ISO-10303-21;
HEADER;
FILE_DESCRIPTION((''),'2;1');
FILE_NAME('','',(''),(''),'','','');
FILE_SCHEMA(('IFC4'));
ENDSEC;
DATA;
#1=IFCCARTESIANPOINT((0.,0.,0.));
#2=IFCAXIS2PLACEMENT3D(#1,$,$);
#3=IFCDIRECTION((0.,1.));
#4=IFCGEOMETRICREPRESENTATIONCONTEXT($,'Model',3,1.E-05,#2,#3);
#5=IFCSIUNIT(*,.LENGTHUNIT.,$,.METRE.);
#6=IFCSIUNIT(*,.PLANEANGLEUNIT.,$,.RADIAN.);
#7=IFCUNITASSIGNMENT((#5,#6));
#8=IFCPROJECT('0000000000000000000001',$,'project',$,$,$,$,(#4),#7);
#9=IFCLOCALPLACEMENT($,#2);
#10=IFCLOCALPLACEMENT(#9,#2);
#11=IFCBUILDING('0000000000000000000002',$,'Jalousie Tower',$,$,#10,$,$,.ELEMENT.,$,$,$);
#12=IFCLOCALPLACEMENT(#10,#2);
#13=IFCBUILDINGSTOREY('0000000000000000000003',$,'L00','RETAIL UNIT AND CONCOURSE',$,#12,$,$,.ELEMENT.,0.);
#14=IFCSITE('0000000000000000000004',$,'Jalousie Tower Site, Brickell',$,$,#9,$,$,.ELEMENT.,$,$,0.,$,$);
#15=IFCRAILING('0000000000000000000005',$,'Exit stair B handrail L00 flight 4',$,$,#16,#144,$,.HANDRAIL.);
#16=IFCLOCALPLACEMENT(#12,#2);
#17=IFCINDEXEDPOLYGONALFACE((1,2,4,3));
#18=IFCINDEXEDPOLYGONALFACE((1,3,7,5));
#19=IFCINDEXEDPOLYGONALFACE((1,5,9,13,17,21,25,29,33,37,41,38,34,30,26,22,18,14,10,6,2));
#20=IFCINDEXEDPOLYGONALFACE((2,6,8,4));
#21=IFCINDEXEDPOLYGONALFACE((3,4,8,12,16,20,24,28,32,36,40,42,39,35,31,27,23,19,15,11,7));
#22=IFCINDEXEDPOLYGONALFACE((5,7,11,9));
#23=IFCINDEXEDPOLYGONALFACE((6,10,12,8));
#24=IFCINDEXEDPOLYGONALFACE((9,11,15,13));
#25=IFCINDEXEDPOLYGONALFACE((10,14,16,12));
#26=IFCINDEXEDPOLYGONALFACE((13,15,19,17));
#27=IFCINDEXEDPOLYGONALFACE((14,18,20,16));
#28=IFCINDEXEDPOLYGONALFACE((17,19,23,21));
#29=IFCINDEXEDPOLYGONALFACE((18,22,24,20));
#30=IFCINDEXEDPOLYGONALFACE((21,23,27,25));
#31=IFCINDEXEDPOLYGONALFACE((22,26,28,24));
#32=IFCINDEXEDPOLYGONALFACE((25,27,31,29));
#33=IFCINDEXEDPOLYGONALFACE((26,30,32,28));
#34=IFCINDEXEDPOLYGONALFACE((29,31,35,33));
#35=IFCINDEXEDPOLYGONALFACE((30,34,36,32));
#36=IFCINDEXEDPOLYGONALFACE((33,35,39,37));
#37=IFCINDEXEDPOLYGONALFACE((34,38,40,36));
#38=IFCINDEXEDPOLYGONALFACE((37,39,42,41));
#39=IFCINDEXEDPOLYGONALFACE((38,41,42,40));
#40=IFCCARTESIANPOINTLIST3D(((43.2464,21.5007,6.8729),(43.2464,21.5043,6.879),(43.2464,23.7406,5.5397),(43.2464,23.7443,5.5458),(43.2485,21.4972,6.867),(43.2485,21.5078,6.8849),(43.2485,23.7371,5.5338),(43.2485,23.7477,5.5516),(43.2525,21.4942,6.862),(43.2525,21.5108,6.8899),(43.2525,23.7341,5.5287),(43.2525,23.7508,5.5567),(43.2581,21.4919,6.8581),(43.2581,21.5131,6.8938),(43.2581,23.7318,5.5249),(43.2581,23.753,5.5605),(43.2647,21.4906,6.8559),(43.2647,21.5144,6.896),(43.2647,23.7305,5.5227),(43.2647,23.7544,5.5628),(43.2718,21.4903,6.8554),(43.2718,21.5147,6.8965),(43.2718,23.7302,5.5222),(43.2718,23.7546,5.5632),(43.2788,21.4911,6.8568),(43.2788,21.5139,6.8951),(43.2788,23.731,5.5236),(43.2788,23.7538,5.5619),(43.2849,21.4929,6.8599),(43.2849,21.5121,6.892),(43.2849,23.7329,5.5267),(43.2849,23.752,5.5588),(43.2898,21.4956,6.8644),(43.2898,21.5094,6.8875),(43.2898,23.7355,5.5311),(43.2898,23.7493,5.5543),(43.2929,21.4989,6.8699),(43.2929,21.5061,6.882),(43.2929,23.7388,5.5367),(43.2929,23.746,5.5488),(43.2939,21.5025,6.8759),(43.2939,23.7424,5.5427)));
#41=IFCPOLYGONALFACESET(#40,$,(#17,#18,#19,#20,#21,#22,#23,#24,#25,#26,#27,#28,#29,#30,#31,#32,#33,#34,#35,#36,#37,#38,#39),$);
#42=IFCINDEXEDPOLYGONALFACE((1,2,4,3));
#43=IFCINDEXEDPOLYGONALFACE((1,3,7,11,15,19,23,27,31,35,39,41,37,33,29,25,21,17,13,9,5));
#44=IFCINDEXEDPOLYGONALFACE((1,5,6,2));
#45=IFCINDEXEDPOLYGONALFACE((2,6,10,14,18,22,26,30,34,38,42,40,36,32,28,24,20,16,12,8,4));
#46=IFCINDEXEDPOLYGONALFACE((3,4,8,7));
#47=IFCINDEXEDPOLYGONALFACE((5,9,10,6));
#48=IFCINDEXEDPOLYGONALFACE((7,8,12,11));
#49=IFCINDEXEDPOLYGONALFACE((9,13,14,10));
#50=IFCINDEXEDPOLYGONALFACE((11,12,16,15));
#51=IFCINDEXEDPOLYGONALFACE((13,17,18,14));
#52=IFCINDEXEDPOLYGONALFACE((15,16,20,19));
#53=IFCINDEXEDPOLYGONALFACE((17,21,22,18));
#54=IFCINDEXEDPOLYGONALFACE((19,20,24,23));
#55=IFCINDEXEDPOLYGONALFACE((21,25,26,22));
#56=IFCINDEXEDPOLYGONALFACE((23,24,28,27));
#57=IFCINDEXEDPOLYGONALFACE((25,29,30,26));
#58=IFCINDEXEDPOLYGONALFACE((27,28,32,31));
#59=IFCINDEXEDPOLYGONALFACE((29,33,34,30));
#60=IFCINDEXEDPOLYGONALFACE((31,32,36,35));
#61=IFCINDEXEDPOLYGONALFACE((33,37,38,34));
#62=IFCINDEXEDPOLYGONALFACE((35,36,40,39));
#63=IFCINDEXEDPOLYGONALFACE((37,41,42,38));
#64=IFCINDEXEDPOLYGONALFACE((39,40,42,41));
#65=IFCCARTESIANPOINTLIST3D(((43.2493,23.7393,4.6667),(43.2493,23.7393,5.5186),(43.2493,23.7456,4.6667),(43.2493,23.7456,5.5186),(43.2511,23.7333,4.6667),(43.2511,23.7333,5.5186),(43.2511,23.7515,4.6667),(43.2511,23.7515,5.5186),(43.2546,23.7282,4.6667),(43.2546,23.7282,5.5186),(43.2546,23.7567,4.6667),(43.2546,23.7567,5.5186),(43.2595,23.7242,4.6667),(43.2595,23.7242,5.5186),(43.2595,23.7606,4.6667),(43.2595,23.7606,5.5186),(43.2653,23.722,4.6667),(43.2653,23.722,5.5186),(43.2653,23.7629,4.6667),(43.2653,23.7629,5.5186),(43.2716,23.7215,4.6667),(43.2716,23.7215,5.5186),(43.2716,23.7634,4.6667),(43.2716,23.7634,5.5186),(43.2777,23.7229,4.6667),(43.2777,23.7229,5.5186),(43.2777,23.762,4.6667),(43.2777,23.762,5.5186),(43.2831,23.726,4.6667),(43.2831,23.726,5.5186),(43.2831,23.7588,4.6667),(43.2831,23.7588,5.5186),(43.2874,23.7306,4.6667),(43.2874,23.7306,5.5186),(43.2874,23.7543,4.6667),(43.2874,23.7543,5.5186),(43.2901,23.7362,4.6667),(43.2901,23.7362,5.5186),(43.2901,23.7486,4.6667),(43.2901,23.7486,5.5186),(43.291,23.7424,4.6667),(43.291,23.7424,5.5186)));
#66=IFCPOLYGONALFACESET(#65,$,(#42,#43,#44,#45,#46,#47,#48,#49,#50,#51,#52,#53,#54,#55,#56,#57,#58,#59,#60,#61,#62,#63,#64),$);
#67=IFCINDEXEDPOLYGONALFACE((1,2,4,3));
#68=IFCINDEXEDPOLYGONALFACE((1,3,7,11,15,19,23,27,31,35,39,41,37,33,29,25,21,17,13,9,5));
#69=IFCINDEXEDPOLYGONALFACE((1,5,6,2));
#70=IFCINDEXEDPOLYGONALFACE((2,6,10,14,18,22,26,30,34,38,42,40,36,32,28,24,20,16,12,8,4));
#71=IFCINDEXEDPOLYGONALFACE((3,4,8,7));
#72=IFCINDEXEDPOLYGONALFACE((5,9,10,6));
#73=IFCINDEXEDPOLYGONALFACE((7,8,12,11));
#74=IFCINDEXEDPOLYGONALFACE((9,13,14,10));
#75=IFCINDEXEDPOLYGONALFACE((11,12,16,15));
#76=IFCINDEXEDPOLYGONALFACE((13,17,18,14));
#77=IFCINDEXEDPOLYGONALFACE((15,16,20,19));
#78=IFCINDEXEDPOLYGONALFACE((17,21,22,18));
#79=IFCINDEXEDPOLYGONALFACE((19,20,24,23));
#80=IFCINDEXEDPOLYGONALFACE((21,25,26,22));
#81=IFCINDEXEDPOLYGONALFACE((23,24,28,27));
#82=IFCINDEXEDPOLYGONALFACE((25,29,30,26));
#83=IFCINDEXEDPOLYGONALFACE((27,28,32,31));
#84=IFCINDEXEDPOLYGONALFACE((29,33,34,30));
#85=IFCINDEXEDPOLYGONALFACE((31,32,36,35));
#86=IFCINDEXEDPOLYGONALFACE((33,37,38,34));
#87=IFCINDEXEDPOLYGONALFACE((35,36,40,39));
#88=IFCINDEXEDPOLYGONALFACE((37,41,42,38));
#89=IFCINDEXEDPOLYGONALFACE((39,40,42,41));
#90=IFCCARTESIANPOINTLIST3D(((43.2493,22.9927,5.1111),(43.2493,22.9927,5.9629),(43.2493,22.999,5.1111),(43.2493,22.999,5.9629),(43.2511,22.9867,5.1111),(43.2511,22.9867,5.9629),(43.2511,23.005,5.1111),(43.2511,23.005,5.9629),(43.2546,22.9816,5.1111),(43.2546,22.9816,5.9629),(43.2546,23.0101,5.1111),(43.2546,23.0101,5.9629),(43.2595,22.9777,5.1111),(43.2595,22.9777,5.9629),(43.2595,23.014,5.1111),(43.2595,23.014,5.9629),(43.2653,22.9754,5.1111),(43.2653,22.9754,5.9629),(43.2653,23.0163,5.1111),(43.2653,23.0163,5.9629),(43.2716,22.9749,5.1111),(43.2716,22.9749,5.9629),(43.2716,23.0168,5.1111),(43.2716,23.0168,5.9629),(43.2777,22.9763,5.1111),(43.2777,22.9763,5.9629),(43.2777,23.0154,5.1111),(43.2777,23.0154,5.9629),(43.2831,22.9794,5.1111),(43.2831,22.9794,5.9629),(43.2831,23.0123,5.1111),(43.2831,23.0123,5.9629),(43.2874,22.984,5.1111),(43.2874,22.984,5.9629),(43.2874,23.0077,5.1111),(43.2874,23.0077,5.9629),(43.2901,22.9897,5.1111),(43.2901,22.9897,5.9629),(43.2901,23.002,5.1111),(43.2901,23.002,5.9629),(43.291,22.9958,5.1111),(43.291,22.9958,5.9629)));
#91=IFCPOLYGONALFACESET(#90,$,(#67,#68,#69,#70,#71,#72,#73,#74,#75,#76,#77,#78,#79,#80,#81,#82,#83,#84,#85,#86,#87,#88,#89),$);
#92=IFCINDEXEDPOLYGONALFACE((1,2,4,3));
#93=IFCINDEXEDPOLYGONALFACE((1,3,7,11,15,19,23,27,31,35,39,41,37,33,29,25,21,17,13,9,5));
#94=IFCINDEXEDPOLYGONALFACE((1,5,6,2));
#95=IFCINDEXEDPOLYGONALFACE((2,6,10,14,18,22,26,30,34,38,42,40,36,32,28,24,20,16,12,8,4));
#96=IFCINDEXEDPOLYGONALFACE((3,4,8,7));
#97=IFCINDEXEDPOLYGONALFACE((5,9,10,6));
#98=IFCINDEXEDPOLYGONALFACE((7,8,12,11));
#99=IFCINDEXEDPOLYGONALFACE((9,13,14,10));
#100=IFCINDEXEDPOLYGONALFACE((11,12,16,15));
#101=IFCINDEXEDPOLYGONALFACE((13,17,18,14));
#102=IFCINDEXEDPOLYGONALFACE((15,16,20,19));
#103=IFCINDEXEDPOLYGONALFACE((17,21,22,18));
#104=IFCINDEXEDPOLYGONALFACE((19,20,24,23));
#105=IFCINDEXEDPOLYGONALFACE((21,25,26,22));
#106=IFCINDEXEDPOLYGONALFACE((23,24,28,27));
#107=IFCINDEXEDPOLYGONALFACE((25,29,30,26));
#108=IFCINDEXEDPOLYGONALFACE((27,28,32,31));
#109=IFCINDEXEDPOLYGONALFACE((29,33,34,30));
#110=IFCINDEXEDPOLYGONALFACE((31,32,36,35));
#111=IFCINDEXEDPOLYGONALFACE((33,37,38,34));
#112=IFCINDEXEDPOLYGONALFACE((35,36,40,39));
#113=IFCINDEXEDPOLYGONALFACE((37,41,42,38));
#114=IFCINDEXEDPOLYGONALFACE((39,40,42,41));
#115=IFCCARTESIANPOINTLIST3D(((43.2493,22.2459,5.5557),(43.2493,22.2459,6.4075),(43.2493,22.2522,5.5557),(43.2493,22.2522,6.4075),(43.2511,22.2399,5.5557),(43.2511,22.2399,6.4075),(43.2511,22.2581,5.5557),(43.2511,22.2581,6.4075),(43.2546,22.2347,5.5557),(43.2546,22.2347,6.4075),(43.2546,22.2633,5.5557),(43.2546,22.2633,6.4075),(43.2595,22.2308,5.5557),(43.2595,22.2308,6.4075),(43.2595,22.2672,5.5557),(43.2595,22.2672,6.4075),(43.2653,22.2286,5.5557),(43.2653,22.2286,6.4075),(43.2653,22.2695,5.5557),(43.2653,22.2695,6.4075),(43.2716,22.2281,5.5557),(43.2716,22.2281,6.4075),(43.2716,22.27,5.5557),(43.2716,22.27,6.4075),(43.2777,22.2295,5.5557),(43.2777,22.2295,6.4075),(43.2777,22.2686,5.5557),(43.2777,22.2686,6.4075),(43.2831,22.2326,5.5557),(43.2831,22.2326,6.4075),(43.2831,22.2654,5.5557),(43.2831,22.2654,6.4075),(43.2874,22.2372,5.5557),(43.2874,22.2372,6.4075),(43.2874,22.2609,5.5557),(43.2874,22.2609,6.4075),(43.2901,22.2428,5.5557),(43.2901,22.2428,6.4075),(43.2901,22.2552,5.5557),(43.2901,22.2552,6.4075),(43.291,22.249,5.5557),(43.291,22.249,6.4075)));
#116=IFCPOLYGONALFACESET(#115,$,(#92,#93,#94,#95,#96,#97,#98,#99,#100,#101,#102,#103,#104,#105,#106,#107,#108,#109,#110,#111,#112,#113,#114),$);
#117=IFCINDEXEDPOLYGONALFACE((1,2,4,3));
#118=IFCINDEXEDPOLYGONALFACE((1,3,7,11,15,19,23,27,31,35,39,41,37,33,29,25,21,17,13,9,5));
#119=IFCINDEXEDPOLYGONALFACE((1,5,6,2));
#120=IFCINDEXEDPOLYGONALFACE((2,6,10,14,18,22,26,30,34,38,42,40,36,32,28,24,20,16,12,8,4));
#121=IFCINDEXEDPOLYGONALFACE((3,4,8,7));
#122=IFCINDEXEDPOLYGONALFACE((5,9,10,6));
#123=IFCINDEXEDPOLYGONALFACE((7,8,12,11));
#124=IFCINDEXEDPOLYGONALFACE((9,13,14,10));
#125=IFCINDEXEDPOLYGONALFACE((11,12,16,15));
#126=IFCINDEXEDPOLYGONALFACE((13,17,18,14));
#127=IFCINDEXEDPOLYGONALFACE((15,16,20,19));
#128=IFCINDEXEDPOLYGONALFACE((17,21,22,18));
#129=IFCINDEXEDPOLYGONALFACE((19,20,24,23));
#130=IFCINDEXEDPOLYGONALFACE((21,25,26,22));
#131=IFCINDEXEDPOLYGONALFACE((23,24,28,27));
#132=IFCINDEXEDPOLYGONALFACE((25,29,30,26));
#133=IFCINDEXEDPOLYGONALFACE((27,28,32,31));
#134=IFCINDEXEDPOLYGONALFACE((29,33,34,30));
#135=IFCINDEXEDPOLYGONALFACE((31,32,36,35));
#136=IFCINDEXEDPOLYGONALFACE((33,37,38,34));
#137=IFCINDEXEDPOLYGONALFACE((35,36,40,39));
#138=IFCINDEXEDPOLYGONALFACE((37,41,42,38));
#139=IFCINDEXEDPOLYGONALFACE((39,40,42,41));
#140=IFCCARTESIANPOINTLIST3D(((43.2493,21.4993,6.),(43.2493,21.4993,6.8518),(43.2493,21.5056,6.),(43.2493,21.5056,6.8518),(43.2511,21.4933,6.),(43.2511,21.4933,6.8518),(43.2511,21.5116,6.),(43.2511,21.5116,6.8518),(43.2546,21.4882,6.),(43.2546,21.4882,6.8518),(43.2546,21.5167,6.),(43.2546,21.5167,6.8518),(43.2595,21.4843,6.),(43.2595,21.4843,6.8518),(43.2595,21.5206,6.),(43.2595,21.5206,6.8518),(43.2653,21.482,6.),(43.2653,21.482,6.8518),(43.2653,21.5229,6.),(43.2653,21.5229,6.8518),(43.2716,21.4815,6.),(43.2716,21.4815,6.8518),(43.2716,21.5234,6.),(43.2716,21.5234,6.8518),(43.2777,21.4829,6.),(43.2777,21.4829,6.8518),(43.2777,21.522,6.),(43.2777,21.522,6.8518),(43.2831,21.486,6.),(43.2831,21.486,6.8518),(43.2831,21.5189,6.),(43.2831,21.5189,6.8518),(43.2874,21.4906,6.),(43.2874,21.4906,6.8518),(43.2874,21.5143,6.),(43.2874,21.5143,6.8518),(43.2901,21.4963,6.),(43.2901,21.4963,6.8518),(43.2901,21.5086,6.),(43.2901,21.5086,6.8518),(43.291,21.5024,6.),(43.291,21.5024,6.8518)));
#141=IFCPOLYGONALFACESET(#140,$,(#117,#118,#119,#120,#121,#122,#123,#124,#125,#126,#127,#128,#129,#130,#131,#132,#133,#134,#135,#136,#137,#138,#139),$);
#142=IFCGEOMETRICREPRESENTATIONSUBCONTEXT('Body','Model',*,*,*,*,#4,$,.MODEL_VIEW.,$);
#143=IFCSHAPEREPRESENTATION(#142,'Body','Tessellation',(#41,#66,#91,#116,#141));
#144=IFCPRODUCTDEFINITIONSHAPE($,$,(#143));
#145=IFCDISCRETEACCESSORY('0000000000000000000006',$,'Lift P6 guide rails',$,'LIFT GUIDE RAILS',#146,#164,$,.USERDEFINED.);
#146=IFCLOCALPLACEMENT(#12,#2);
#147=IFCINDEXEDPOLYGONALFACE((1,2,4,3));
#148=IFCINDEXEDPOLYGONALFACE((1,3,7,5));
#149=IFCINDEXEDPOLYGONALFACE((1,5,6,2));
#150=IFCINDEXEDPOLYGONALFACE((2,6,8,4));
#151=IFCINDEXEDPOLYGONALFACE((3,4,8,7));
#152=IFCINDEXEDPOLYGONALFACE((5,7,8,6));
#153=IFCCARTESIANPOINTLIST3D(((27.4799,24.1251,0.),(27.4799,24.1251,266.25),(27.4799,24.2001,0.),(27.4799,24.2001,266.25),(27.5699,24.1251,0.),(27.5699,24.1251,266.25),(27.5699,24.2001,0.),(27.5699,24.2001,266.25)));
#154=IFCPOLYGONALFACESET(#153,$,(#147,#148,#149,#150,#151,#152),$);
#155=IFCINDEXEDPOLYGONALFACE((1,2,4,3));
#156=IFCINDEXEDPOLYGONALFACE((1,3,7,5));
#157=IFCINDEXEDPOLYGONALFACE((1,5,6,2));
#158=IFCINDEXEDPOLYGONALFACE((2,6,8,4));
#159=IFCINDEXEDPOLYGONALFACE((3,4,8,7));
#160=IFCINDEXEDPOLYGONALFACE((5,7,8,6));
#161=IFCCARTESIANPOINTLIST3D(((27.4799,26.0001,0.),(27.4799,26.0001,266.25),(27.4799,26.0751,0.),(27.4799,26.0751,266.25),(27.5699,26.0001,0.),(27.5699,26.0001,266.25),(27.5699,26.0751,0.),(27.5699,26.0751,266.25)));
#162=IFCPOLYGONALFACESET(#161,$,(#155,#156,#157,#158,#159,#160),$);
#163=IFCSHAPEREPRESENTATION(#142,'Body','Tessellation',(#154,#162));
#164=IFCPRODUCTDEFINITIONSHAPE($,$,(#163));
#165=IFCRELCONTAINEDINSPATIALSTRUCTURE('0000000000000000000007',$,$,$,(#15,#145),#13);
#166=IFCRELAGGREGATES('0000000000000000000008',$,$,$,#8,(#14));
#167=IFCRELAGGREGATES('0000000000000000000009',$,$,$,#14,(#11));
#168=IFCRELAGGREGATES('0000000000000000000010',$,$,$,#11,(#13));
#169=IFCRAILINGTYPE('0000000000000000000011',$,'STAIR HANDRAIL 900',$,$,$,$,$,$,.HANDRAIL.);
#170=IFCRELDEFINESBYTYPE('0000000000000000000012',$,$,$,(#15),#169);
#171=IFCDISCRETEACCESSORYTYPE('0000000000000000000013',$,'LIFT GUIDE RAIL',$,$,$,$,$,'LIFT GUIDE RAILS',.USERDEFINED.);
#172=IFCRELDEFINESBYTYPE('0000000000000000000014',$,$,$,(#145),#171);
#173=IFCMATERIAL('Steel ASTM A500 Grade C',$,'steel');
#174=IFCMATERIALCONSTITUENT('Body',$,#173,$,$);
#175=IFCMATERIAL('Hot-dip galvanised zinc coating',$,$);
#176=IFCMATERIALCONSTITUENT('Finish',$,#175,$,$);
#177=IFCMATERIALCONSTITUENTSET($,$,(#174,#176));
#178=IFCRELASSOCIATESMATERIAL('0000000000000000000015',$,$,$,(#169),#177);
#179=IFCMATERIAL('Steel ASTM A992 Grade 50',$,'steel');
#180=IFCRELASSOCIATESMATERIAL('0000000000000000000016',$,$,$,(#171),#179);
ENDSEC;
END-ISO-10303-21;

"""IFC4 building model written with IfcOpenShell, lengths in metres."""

from ifc_helpers import new_model, si_unit, direction, frame, origin, origin_2d, place, context, subcontext, project, spatial, rectangle, circle, extrude, material, constituent, constituent_set, type_object, element, save


model = new_model("IFC4")

# Units and contexts
model_context = context("Model", 3, precision=1e-05, world=origin(), true_north=direction((0.0, 1.0)))
body_context = subcontext(model_context, "Body", "Model", "MODEL_VIEW")
ifc_project = project(units=[si_unit("LENGTHUNIT", "METRE"), si_unit("PLANEANGLEUNIT", "RADIAN")], contexts=[model_context])

# Site, building, storey
site_placement = place(None, origin())
site = spatial("IfcSite", under=ifc_project, at=site_placement, Name="Jalousie Tower Site, Brickell", CompositionType="ELEMENT", RefElevation=0.0)
building_placement = place(site_placement, origin())
building = spatial("IfcBuilding", under=site, at=building_placement, Name="Jalousie Tower", CompositionType="ELEMENT")
storey_placement = place(building_placement, origin())
storey = spatial("IfcBuildingStorey", under=building, at=storey_placement, Name="L00", Description="RETAIL UNIT AND CONCOURSE", CompositionType="ELEMENT", Elevation=0.0)

# Railing
ifc_material_1 = material(Name="Steel ASTM A500 Grade C", Category="steel")
ifc_constituent_1 = constituent(ifc_material_1, Name="Body")
ifc_material_2 = material(Name="Hot-dip galvanised zinc coating")
ifc_constituent_2 = constituent(ifc_material_2, Name="Finish")
ifc_constituent_set_1 = constituent_set(constituents=[ifc_constituent_1, ifc_constituent_2])
railing_type_1 = type_object("IfcRailingType", Name="STAIR HANDRAIL 900", PredefinedType="HANDRAIL", material=ifc_constituent_set_1)
railing_1_placement = place(storey_placement, frame((43.27, 23.7424, 4.6667)))
element("IfcRailing", 1, at=railing_1_placement, inside=storey, type_object=railing_type_1, Name="Exit stair B handrail L00 flight 4", PredefinedType="HANDRAIL", context=body_context, shape_type="SweptSolid", body=[
    extrude(circle(Radius=0.0239, at=origin_2d()), frame((0.0, 0.0, 0.876), z_axis=(0.0, -0.859306, 0.511462), x_axis=(1.0, 0.0, 0.0)), (0.0, 0.0, 1.0), 2.6067),
    extrude(circle(Radius=0.021, at=origin_2d()), origin(), (0.0, 0.0, 1.0), 0.8518),
    extrude(circle(Radius=0.021, at=origin_2d()), frame((0.0, -0.7466, 0.4443)), (0.0, 0.0, 1.0), 0.8518),
    extrude(circle(Radius=0.021, at=origin_2d()), frame((0.0, -1.4934, 0.8889)), (0.0, 0.0, 1.0), 0.8518),
    extrude(circle(Radius=0.021, at=origin_2d()), frame((0.0, -2.24, 1.3333)), (0.0, 0.0, 1.0), 0.8518),
])

# Discrete accessory
ifc_material_3 = material(Name="Steel ASTM A992 Grade 50", Category="steel")
discrete_accessory_type = type_object("IfcDiscreteAccessoryType", Name="LIFT GUIDE RAIL", ElementType="LIFT GUIDE RAILS", PredefinedType="USERDEFINED", material=ifc_material_3)
discrete_accessory_placement = place(storey_placement, frame((27.5249, 25.1001, 0.0), z_axis=(0.0, 0.0, 1.0), x_axis=(1.0, 0.0, 0.0)))
element("IfcDiscreteAccessory", 2, at=discrete_accessory_placement, inside=storey, type_object=discrete_accessory_type, Name="Lift P6 guide rails", ObjectType="LIFT GUIDE RAILS", PredefinedType="USERDEFINED", context=body_context, shape_type="SweptSolid", body=[
    extrude(rectangle(XDim=0.09, YDim=0.075, at=origin_2d()), frame((0.0, -0.9375, 0.0)), (0.0, 0.0, 1.0), 266.25),
    extrude(rectangle(XDim=0.09, YDim=0.075, at=origin_2d()), frame((0.0, 0.9375, 0.0)), (0.0, 0.0, 1.0), 266.25),
])

save(model, "model.ifc")
